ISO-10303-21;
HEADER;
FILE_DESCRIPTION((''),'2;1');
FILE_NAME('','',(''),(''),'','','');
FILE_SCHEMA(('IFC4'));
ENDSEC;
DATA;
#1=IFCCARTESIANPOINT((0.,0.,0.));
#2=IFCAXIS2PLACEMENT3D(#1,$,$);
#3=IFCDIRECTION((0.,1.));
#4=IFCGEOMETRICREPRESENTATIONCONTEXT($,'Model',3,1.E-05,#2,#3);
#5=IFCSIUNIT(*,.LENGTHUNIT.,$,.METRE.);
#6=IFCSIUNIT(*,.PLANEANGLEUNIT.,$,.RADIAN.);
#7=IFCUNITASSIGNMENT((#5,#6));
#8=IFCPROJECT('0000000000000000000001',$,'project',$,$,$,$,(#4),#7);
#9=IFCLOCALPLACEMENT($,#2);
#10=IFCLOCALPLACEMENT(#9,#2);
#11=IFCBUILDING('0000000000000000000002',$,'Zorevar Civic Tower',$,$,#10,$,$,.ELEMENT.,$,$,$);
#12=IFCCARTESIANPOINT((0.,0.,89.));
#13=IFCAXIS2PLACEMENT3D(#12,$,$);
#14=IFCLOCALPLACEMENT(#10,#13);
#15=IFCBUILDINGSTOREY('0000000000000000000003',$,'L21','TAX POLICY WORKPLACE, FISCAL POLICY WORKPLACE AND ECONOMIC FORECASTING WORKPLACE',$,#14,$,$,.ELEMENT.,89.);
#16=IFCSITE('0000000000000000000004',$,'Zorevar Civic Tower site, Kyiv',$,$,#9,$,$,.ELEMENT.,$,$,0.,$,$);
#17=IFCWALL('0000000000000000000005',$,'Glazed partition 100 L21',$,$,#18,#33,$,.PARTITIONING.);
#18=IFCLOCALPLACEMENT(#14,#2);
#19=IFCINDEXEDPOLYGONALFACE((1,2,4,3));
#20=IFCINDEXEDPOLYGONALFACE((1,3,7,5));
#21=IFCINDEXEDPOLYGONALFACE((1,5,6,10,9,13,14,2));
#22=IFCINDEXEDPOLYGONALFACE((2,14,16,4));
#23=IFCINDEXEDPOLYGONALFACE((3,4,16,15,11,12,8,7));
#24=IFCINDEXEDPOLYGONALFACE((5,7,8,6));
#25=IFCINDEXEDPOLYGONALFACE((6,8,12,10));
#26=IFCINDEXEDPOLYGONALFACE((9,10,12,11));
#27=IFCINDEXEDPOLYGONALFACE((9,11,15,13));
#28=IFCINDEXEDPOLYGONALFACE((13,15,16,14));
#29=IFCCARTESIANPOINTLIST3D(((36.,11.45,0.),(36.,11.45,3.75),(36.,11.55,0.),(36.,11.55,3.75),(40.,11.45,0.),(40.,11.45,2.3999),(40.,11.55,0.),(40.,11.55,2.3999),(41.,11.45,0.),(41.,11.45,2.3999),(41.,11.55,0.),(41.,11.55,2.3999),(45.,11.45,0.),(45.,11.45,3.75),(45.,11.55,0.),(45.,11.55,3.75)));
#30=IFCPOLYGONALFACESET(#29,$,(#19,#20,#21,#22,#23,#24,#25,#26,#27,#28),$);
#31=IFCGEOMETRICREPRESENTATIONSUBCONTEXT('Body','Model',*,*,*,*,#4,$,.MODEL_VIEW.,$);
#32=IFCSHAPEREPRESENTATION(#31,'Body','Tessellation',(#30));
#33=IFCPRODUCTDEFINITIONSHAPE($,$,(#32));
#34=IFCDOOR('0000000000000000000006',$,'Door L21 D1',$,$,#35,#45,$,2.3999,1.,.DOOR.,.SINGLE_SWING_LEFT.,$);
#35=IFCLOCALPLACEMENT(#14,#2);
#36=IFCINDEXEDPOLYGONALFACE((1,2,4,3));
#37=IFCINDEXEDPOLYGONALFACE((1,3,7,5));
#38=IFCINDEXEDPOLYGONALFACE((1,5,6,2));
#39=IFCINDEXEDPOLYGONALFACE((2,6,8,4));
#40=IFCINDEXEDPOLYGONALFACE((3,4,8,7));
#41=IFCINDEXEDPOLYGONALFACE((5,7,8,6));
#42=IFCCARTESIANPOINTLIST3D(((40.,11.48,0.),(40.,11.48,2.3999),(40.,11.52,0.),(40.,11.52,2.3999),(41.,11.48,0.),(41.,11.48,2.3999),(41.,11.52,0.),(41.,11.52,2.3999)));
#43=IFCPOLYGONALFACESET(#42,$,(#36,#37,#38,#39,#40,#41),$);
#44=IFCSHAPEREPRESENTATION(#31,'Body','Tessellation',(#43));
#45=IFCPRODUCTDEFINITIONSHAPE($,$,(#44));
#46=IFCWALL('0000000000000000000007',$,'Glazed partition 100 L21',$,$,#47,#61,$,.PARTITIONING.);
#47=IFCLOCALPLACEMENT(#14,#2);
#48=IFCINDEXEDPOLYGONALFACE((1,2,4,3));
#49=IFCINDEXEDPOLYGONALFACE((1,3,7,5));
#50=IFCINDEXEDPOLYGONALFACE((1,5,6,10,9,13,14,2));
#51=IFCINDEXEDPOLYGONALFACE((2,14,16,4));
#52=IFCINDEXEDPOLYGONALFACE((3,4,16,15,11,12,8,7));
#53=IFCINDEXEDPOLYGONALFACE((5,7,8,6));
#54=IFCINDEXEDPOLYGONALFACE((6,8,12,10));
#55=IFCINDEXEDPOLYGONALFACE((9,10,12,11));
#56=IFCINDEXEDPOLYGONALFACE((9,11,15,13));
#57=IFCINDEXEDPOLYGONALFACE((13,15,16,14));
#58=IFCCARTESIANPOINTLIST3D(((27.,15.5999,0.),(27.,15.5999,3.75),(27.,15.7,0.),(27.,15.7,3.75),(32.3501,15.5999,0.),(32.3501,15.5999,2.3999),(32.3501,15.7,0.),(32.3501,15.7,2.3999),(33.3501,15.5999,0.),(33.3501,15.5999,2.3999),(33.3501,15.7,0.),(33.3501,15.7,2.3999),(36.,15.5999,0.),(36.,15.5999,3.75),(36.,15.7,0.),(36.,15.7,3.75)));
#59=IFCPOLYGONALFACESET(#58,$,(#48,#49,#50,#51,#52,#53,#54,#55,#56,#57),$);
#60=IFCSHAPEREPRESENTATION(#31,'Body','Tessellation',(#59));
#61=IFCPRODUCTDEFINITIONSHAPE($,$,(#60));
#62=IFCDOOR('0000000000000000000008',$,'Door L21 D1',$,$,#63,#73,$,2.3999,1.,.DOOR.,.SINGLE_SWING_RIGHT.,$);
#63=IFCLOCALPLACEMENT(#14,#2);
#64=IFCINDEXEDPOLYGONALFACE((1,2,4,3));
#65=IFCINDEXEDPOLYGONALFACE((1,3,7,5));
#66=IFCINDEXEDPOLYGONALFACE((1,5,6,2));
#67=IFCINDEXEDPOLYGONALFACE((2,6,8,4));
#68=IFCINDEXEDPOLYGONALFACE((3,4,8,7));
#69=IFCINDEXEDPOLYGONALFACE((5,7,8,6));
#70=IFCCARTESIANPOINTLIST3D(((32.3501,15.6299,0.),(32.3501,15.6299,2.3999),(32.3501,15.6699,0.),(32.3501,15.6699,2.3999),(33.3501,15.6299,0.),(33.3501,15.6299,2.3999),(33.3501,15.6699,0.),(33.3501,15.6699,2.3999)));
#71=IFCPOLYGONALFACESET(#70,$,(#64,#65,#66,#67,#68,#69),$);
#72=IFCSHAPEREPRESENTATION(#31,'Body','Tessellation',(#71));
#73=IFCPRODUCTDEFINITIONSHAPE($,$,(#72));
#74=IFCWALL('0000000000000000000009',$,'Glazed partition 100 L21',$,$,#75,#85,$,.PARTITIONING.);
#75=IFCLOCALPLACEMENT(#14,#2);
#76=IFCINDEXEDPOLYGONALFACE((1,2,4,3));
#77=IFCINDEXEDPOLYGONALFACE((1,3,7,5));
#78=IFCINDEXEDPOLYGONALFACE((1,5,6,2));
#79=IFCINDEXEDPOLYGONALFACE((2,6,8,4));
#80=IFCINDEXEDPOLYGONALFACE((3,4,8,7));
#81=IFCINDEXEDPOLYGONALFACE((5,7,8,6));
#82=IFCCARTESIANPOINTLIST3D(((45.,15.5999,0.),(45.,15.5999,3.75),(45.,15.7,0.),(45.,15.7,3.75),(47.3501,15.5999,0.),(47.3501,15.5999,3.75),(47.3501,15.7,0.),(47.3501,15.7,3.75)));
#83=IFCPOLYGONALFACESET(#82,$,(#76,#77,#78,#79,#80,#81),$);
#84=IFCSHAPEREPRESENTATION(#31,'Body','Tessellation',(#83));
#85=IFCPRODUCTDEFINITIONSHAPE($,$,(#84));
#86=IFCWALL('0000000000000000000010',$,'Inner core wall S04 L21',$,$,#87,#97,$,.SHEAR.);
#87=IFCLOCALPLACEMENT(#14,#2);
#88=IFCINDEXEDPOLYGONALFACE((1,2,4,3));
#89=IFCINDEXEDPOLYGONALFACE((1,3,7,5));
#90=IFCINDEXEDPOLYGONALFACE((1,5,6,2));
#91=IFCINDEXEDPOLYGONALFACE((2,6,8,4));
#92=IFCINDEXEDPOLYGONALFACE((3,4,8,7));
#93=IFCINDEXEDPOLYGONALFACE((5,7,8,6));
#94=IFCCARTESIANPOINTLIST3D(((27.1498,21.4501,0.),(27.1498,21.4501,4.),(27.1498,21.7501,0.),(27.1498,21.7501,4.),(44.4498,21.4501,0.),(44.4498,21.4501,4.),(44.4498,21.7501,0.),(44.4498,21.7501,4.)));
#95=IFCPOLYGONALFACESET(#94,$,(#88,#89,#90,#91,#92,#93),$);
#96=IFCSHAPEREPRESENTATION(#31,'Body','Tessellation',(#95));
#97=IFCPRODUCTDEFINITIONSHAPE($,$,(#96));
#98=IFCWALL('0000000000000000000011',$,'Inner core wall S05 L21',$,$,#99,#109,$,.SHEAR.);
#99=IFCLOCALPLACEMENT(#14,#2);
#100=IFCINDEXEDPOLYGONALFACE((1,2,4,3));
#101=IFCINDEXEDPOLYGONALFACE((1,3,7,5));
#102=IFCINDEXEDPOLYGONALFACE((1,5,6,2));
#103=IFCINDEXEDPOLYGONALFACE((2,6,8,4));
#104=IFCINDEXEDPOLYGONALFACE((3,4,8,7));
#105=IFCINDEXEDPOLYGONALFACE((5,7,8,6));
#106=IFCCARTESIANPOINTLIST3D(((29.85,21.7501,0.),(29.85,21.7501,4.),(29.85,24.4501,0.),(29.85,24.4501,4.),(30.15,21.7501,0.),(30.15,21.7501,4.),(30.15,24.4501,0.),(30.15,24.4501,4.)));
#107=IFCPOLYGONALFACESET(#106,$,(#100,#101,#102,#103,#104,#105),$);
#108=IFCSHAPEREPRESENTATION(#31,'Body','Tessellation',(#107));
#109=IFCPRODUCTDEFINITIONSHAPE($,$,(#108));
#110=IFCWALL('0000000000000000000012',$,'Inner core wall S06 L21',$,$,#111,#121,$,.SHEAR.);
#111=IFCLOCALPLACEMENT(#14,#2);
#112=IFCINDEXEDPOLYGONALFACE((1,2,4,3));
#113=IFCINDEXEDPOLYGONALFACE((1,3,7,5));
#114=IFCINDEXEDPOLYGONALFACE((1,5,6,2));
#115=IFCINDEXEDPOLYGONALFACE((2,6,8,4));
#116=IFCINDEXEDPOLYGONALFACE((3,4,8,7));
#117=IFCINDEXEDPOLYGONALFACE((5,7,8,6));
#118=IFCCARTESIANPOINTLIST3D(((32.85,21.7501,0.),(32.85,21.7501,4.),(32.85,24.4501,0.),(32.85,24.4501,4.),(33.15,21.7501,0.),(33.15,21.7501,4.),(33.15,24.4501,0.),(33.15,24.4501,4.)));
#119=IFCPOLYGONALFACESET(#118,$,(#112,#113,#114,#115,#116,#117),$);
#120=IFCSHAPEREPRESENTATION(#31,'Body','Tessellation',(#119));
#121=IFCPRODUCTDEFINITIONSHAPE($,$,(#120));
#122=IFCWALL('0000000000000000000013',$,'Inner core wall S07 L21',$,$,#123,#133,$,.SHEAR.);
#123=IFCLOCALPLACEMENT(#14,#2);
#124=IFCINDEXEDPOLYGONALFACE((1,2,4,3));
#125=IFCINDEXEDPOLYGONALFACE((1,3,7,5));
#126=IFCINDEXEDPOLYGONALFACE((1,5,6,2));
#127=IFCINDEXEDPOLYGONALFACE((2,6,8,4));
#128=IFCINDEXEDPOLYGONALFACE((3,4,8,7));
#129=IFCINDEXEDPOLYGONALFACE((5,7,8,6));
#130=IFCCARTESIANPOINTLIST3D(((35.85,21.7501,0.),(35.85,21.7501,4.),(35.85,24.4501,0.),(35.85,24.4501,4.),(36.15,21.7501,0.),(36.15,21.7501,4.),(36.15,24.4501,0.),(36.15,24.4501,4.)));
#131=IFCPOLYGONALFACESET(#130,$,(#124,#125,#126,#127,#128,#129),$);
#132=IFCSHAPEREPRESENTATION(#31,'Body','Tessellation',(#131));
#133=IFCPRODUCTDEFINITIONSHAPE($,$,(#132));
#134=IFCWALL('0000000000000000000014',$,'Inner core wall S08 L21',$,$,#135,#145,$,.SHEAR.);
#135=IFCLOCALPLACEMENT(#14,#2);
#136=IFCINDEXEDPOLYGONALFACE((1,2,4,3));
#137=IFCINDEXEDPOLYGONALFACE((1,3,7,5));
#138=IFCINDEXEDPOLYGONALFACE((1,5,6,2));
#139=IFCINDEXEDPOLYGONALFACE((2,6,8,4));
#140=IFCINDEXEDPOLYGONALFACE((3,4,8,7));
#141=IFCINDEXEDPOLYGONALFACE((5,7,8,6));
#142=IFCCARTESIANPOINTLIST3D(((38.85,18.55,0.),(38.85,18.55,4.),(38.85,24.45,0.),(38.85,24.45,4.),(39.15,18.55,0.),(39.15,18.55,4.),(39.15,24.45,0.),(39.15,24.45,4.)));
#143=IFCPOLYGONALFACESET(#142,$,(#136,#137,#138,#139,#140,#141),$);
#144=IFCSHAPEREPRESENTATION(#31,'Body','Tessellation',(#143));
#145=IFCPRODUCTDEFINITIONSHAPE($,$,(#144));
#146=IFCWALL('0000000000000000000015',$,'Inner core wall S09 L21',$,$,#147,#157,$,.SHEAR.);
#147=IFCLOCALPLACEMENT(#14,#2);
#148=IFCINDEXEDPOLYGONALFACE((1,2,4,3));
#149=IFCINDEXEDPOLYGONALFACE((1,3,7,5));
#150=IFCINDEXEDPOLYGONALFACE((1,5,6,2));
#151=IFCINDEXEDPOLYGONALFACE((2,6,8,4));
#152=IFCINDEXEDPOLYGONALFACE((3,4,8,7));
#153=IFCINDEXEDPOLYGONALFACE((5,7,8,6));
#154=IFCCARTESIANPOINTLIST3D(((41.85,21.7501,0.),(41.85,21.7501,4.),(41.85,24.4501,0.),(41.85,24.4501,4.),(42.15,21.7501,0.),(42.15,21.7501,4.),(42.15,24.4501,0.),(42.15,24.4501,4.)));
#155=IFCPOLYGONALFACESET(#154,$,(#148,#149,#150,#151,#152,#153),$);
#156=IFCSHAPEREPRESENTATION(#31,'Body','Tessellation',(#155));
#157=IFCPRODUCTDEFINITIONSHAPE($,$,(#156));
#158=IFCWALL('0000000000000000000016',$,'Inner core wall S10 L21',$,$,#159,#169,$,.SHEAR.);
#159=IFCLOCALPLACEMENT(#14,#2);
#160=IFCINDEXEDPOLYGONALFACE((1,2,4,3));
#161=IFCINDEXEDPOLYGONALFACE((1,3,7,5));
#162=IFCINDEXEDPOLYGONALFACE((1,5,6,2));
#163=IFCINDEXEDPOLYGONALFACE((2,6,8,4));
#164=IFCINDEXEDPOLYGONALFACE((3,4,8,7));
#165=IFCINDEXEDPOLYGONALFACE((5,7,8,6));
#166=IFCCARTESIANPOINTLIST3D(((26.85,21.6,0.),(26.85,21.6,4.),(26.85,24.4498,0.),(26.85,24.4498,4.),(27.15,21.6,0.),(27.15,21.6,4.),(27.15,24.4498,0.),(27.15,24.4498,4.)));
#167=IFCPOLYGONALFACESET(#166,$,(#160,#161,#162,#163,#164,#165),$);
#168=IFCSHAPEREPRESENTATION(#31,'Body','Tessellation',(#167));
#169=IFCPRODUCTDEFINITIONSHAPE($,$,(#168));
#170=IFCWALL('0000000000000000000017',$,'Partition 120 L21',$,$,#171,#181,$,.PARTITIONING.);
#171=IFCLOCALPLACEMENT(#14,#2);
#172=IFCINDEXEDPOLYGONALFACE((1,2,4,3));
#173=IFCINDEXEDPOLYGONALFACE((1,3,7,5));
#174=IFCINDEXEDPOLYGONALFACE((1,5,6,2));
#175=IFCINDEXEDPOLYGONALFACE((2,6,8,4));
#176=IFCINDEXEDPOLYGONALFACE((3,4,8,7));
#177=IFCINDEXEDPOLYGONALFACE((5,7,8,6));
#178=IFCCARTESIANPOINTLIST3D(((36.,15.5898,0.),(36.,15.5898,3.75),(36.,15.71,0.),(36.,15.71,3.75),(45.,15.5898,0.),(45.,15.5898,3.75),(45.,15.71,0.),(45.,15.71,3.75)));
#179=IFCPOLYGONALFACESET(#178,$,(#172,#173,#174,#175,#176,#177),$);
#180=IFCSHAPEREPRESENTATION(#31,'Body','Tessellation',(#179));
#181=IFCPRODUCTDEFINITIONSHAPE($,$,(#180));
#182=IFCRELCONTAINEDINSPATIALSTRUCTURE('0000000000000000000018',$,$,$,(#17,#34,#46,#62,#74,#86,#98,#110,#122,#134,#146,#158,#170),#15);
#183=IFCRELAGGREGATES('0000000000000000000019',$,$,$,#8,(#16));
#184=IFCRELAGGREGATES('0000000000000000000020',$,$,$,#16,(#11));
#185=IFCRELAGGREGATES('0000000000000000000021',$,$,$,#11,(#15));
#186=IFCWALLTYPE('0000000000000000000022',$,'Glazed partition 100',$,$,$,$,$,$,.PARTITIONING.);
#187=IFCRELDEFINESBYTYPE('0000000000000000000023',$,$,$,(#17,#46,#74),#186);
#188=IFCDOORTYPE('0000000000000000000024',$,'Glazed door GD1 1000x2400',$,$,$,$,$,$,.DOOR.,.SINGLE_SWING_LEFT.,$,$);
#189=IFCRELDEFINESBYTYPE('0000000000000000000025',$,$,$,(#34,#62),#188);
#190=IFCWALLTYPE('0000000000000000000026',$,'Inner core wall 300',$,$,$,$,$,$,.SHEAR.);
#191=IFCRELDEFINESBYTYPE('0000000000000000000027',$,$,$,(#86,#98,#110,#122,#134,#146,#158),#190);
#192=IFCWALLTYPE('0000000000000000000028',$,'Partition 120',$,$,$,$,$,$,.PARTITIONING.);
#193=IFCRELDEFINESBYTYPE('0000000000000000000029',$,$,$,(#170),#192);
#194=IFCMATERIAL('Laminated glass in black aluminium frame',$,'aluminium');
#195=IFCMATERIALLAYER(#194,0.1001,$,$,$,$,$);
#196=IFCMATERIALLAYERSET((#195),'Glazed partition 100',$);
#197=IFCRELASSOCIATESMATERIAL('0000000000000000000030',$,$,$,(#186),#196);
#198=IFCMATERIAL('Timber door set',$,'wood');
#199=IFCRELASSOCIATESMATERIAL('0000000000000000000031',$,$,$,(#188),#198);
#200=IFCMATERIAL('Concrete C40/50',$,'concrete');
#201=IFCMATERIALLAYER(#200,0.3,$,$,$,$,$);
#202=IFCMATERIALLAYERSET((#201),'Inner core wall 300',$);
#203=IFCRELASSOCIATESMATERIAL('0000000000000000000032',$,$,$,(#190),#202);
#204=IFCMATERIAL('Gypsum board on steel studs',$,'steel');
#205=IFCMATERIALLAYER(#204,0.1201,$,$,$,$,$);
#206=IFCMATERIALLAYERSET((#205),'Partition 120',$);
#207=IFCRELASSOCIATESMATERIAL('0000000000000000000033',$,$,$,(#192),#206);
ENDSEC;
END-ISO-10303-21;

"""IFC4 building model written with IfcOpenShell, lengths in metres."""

from ifc_helpers import new_model, si_unit, direction, frame, frame_2d, origin, place, context, subcontext, project, spatial, rectangle, extrude, material, layer, layer_set, type_object, element, fill, save


model = new_model("IFC4")

# Units and contexts
model_context = context("Model", 3, precision=1e-05, world=origin(), true_north=direction((0.0, 1.0)))
body_context = subcontext(model_context, "Body", "Model", "MODEL_VIEW")
ifc_project = project(units=[si_unit("LENGTHUNIT", "METRE"), si_unit("PLANEANGLEUNIT", "RADIAN")], contexts=[model_context])

# Site, building, storey
site_placement = place(None, origin())
site = spatial("IfcSite", under=ifc_project, at=site_placement, Name="Zorevar Civic Tower site, Kyiv", CompositionType="ELEMENT", RefElevation=0.0)
building_placement = place(site_placement, origin())
building = spatial("IfcBuilding", under=site, at=building_placement, Name="Zorevar Civic Tower", CompositionType="ELEMENT")
storey_placement = place(building_placement, frame((0.0, 0.0, 89.0)))
storey = spatial("IfcBuildingStorey", under=building, at=storey_placement, Name="L21", Description="TAX POLICY WORKPLACE, FISCAL POLICY WORKPLACE AND ECONOMIC FORECASTING WORKPLACE", CompositionType="ELEMENT", Elevation=89.0)

# Walls, openings, doors
ifc_material_1 = material(Name="Laminated glass in black aluminium frame", Category="aluminium")
ifc_layer_1 = layer(ifc_material_1, 0.1001)
ifc_layer_set_1 = layer_set([ifc_layer_1], Name="Glazed partition 100")
wall_type_1 = type_object("IfcWallType", Name="Glazed partition 100", PredefinedType="PARTITIONING", material=ifc_layer_set_1)
wall_1_placement = place(storey_placement, frame((36.0, 11.5, 0.0), z_axis=(0.0, 0.0, 1.0), x_axis=(1.0, 0.0, 0.0)))
wall_1 = element("IfcWall", 1, at=wall_1_placement, inside=storey, type_object=wall_type_1, Name="Glazed partition 100 L21", PredefinedType="PARTITIONING", context=body_context, shape_type="SweptSolid", body=[
    extrude(rectangle(XDim=9.0, YDim=0.1001, at=frame_2d((4.5, 0.0))), origin(), (0.0, 0.0, 1.0), 3.75),
])
opening_1_placement = place(wall_1_placement, frame((4.0, 0.0, 0.0)))
opening_1 = element("IfcOpeningElement", 2, at=opening_1_placement, cuts=wall_1, PredefinedType="OPENING", context=body_context, shape_type="SweptSolid", body=[
    extrude(rectangle(XDim=1.0, YDim=2.3999, at=frame_2d((0.5, 1.2))), frame((0.0, 0.0601, 0.0), z_axis=(0.0, -1.0, 0.0), x_axis=(1.0, 0.0, 0.0)), (0.0, 0.0, 1.0), 0.1201),
])
ifc_material_2 = material(Name="Timber door set", Category="wood")
door_type_1 = type_object("IfcDoorType", Name="Glazed door GD1 1000x2400", OperationType="SINGLE_SWING_LEFT", PredefinedType="DOOR", material=ifc_material_2)
door_1_placement = place(opening_1_placement, origin())
door_1 = element("IfcDoor", 3, at=door_1_placement, inside=storey, type_object=door_type_1, Name="Door L21 D1", OperationType="SINGLE_SWING_LEFT", OverallHeight=2.3999, OverallWidth=1.0, PredefinedType="DOOR", context=body_context, shape_type="SweptSolid", body=[
    extrude(rectangle(XDim=1.0, YDim=2.3999, at=frame_2d((0.5, 1.2))), frame((0.0, 0.02, 0.0), z_axis=(0.0, -1.0, 0.0), x_axis=(1.0, 0.0, 0.0)), (0.0, 0.0, 1.0), 0.04),
])
fill(opening_1, door_1)
wall_2_placement = place(storey_placement, frame((27.0, 15.6499, 0.0), z_axis=(0.0, 0.0, 1.0), x_axis=(1.0, 0.0, 0.0)))
wall_2 = element("IfcWall", 4, at=wall_2_placement, inside=storey, type_object=wall_type_1, Name="Glazed partition 100 L21", PredefinedType="PARTITIONING", context=body_context, shape_type="SweptSolid", body=[
    extrude(rectangle(XDim=9.0, YDim=0.1001, at=frame_2d((4.5, 0.0))), origin(), (0.0, 0.0, 1.0), 3.75),
])
opening_2_placement = place(wall_2_placement, frame((5.3501, 0.0, 0.0)))
opening_2 = element("IfcOpeningElement", 5, at=opening_2_placement, cuts=wall_2, PredefinedType="OPENING", context=body_context, shape_type="SweptSolid", body=[
    extrude(rectangle(XDim=1.0, YDim=2.3999, at=frame_2d((0.5, 1.2))), frame((0.0, 0.0601, 0.0), z_axis=(0.0, -1.0, 0.0), x_axis=(1.0, 0.0, 0.0)), (0.0, 0.0, 1.0), 0.1201),
])
door_2_placement = place(opening_2_placement, origin())
door_2 = element("IfcDoor", 6, at=door_2_placement, inside=storey, type_object=door_type_1, Name="Door L21 D1", OperationType="SINGLE_SWING_RIGHT", OverallHeight=2.3999, OverallWidth=1.0, PredefinedType="DOOR", context=body_context, shape_type="SweptSolid", body=[
    extrude(rectangle(XDim=1.0, YDim=2.3999, at=frame_2d((0.5, 1.2))), frame((0.0, 0.02, 0.0), z_axis=(0.0, -1.0, 0.0), x_axis=(1.0, 0.0, 0.0)), (0.0, 0.0, 1.0), 0.04),
])
fill(opening_2, door_2)

# Walls
wall_3_placement = place(storey_placement, frame((45.0, 15.6499, 0.0), z_axis=(0.0, 0.0, 1.0), x_axis=(1.0, 0.0, 0.0)))
element("IfcWall", 7, at=wall_3_placement, inside=storey, type_object=wall_type_1, Name="Glazed partition 100 L21", PredefinedType="PARTITIONING", context=body_context, shape_type="SweptSolid", body=[
    extrude(rectangle(XDim=2.3501, YDim=0.1001, at=frame_2d((1.175, 0.0))), origin(), (0.0, 0.0, 1.0), 3.75),
])
ifc_material_3 = material(Name="Concrete C40/50", Category="concrete")
ifc_layer_2 = layer(ifc_material_3, 0.3)
ifc_layer_set_2 = layer_set([ifc_layer_2], Name="Inner core wall 300")
wall_type_2 = type_object("IfcWallType", Name="Inner core wall 300", PredefinedType="SHEAR", material=ifc_layer_set_2)
wall_4_placement = place(storey_placement, frame((27.1499, 21.6001, 0.0), z_axis=(0.0, 0.0, 1.0), x_axis=(1.0, 0.0, 0.0)))
element("IfcWall", 8, at=wall_4_placement, inside=storey, type_object=wall_type_2, Name="Inner core wall S04 L21", PredefinedType="SHEAR", context=body_context, shape_type="SweptSolid", body=[
    extrude(rectangle(XDim=17.3, YDim=0.3, at=frame_2d((8.6499, 0.0))), origin(), (0.0, 0.0, 1.0), 4.0),
])
for number, where, z_axis, x_axis, name in (
    (9, (30.0, 21.75, 0.0), (0.0, 0.0, 1.0), (0.0, 1.0, 0.0), "Inner core wall S05 L21"),
    (10, (33.0, 21.75, 0.0), (0.0, 0.0, 1.0), (0.0, 1.0, 0.0), "Inner core wall S06 L21"),
    (11, (36.0, 21.75, 0.0), (0.0, 0.0, 1.0), (0.0, 1.0, 0.0), "Inner core wall S07 L21"),
):
    element("IfcWall", number, at=place(storey_placement, frame(where, z_axis=z_axis, x_axis=x_axis)), inside=storey, type_object=wall_type_2, Name=name, PredefinedType="SHEAR", context=body_context, shape_type="SweptSolid", body=[
        extrude(rectangle(XDim=2.7, YDim=0.3, at=frame_2d((1.3501, 0.0))), origin(), (0.0, 0.0, 1.0), 4.0),
    ])
wall_5_placement = place(storey_placement, frame((39.0, 18.55, 0.0), z_axis=(0.0, 0.0, 1.0), x_axis=(0.0, 1.0, 0.0)))
element("IfcWall", 12, at=wall_5_placement, inside=storey, type_object=wall_type_2, Name="Inner core wall S08 L21", PredefinedType="SHEAR", context=body_context, shape_type="SweptSolid", body=[
    extrude(rectangle(XDim=5.8999, YDim=0.3, at=frame_2d((2.95, 0.0))), origin(), (0.0, 0.0, 1.0), 4.0),
])
wall_6_placement = place(storey_placement, frame((42.0, 21.75, 0.0), z_axis=(0.0, 0.0, 1.0), x_axis=(0.0, 1.0, 0.0)))
element("IfcWall", 13, at=wall_6_placement, inside=storey, type_object=wall_type_2, Name="Inner core wall S09 L21", PredefinedType="SHEAR", context=body_context, shape_type="SweptSolid", body=[
    extrude(rectangle(XDim=2.7, YDim=0.3, at=frame_2d((1.3501, 0.0))), origin(), (0.0, 0.0, 1.0), 4.0),
])
wall_7_placement = place(storey_placement, frame((27.0, 21.6001, 0.0), z_axis=(0.0, 0.0, 1.0), x_axis=(0.0, 1.0, 0.0)))
element("IfcWall", 14, at=wall_7_placement, inside=storey, type_object=wall_type_2, Name="Inner core wall S10 L21", PredefinedType="SHEAR", context=body_context, shape_type="SweptSolid", body=[
    extrude(rectangle(XDim=2.8499, YDim=0.3, at=frame_2d((1.4248, 0.0))), origin(), (0.0, 0.0, 1.0), 4.0),
])
ifc_material_4 = material(Name="Gypsum board on steel studs", Category="steel")
ifc_layer_3 = layer(ifc_material_4, 0.1201)
ifc_layer_set_3 = layer_set([ifc_layer_3], Name="Partition 120")
wall_type_3 = type_object("IfcWallType", Name="Partition 120", PredefinedType="PARTITIONING", material=ifc_layer_set_3)
wall_8_placement = place(storey_placement, frame((36.0, 15.6499, 0.0), z_axis=(0.0, 0.0, 1.0), x_axis=(1.0, 0.0, 0.0)))
element("IfcWall", 15, at=wall_8_placement, inside=storey, type_object=wall_type_3, Name="Partition 120 L21", PredefinedType="PARTITIONING", context=body_context, shape_type="SweptSolid", body=[
    extrude(rectangle(XDim=9.0, YDim=0.1201, at=frame_2d((4.5, 0.0))), origin(), (0.0, 0.0, 1.0), 3.75),
])

save(model, "model.ifc")
